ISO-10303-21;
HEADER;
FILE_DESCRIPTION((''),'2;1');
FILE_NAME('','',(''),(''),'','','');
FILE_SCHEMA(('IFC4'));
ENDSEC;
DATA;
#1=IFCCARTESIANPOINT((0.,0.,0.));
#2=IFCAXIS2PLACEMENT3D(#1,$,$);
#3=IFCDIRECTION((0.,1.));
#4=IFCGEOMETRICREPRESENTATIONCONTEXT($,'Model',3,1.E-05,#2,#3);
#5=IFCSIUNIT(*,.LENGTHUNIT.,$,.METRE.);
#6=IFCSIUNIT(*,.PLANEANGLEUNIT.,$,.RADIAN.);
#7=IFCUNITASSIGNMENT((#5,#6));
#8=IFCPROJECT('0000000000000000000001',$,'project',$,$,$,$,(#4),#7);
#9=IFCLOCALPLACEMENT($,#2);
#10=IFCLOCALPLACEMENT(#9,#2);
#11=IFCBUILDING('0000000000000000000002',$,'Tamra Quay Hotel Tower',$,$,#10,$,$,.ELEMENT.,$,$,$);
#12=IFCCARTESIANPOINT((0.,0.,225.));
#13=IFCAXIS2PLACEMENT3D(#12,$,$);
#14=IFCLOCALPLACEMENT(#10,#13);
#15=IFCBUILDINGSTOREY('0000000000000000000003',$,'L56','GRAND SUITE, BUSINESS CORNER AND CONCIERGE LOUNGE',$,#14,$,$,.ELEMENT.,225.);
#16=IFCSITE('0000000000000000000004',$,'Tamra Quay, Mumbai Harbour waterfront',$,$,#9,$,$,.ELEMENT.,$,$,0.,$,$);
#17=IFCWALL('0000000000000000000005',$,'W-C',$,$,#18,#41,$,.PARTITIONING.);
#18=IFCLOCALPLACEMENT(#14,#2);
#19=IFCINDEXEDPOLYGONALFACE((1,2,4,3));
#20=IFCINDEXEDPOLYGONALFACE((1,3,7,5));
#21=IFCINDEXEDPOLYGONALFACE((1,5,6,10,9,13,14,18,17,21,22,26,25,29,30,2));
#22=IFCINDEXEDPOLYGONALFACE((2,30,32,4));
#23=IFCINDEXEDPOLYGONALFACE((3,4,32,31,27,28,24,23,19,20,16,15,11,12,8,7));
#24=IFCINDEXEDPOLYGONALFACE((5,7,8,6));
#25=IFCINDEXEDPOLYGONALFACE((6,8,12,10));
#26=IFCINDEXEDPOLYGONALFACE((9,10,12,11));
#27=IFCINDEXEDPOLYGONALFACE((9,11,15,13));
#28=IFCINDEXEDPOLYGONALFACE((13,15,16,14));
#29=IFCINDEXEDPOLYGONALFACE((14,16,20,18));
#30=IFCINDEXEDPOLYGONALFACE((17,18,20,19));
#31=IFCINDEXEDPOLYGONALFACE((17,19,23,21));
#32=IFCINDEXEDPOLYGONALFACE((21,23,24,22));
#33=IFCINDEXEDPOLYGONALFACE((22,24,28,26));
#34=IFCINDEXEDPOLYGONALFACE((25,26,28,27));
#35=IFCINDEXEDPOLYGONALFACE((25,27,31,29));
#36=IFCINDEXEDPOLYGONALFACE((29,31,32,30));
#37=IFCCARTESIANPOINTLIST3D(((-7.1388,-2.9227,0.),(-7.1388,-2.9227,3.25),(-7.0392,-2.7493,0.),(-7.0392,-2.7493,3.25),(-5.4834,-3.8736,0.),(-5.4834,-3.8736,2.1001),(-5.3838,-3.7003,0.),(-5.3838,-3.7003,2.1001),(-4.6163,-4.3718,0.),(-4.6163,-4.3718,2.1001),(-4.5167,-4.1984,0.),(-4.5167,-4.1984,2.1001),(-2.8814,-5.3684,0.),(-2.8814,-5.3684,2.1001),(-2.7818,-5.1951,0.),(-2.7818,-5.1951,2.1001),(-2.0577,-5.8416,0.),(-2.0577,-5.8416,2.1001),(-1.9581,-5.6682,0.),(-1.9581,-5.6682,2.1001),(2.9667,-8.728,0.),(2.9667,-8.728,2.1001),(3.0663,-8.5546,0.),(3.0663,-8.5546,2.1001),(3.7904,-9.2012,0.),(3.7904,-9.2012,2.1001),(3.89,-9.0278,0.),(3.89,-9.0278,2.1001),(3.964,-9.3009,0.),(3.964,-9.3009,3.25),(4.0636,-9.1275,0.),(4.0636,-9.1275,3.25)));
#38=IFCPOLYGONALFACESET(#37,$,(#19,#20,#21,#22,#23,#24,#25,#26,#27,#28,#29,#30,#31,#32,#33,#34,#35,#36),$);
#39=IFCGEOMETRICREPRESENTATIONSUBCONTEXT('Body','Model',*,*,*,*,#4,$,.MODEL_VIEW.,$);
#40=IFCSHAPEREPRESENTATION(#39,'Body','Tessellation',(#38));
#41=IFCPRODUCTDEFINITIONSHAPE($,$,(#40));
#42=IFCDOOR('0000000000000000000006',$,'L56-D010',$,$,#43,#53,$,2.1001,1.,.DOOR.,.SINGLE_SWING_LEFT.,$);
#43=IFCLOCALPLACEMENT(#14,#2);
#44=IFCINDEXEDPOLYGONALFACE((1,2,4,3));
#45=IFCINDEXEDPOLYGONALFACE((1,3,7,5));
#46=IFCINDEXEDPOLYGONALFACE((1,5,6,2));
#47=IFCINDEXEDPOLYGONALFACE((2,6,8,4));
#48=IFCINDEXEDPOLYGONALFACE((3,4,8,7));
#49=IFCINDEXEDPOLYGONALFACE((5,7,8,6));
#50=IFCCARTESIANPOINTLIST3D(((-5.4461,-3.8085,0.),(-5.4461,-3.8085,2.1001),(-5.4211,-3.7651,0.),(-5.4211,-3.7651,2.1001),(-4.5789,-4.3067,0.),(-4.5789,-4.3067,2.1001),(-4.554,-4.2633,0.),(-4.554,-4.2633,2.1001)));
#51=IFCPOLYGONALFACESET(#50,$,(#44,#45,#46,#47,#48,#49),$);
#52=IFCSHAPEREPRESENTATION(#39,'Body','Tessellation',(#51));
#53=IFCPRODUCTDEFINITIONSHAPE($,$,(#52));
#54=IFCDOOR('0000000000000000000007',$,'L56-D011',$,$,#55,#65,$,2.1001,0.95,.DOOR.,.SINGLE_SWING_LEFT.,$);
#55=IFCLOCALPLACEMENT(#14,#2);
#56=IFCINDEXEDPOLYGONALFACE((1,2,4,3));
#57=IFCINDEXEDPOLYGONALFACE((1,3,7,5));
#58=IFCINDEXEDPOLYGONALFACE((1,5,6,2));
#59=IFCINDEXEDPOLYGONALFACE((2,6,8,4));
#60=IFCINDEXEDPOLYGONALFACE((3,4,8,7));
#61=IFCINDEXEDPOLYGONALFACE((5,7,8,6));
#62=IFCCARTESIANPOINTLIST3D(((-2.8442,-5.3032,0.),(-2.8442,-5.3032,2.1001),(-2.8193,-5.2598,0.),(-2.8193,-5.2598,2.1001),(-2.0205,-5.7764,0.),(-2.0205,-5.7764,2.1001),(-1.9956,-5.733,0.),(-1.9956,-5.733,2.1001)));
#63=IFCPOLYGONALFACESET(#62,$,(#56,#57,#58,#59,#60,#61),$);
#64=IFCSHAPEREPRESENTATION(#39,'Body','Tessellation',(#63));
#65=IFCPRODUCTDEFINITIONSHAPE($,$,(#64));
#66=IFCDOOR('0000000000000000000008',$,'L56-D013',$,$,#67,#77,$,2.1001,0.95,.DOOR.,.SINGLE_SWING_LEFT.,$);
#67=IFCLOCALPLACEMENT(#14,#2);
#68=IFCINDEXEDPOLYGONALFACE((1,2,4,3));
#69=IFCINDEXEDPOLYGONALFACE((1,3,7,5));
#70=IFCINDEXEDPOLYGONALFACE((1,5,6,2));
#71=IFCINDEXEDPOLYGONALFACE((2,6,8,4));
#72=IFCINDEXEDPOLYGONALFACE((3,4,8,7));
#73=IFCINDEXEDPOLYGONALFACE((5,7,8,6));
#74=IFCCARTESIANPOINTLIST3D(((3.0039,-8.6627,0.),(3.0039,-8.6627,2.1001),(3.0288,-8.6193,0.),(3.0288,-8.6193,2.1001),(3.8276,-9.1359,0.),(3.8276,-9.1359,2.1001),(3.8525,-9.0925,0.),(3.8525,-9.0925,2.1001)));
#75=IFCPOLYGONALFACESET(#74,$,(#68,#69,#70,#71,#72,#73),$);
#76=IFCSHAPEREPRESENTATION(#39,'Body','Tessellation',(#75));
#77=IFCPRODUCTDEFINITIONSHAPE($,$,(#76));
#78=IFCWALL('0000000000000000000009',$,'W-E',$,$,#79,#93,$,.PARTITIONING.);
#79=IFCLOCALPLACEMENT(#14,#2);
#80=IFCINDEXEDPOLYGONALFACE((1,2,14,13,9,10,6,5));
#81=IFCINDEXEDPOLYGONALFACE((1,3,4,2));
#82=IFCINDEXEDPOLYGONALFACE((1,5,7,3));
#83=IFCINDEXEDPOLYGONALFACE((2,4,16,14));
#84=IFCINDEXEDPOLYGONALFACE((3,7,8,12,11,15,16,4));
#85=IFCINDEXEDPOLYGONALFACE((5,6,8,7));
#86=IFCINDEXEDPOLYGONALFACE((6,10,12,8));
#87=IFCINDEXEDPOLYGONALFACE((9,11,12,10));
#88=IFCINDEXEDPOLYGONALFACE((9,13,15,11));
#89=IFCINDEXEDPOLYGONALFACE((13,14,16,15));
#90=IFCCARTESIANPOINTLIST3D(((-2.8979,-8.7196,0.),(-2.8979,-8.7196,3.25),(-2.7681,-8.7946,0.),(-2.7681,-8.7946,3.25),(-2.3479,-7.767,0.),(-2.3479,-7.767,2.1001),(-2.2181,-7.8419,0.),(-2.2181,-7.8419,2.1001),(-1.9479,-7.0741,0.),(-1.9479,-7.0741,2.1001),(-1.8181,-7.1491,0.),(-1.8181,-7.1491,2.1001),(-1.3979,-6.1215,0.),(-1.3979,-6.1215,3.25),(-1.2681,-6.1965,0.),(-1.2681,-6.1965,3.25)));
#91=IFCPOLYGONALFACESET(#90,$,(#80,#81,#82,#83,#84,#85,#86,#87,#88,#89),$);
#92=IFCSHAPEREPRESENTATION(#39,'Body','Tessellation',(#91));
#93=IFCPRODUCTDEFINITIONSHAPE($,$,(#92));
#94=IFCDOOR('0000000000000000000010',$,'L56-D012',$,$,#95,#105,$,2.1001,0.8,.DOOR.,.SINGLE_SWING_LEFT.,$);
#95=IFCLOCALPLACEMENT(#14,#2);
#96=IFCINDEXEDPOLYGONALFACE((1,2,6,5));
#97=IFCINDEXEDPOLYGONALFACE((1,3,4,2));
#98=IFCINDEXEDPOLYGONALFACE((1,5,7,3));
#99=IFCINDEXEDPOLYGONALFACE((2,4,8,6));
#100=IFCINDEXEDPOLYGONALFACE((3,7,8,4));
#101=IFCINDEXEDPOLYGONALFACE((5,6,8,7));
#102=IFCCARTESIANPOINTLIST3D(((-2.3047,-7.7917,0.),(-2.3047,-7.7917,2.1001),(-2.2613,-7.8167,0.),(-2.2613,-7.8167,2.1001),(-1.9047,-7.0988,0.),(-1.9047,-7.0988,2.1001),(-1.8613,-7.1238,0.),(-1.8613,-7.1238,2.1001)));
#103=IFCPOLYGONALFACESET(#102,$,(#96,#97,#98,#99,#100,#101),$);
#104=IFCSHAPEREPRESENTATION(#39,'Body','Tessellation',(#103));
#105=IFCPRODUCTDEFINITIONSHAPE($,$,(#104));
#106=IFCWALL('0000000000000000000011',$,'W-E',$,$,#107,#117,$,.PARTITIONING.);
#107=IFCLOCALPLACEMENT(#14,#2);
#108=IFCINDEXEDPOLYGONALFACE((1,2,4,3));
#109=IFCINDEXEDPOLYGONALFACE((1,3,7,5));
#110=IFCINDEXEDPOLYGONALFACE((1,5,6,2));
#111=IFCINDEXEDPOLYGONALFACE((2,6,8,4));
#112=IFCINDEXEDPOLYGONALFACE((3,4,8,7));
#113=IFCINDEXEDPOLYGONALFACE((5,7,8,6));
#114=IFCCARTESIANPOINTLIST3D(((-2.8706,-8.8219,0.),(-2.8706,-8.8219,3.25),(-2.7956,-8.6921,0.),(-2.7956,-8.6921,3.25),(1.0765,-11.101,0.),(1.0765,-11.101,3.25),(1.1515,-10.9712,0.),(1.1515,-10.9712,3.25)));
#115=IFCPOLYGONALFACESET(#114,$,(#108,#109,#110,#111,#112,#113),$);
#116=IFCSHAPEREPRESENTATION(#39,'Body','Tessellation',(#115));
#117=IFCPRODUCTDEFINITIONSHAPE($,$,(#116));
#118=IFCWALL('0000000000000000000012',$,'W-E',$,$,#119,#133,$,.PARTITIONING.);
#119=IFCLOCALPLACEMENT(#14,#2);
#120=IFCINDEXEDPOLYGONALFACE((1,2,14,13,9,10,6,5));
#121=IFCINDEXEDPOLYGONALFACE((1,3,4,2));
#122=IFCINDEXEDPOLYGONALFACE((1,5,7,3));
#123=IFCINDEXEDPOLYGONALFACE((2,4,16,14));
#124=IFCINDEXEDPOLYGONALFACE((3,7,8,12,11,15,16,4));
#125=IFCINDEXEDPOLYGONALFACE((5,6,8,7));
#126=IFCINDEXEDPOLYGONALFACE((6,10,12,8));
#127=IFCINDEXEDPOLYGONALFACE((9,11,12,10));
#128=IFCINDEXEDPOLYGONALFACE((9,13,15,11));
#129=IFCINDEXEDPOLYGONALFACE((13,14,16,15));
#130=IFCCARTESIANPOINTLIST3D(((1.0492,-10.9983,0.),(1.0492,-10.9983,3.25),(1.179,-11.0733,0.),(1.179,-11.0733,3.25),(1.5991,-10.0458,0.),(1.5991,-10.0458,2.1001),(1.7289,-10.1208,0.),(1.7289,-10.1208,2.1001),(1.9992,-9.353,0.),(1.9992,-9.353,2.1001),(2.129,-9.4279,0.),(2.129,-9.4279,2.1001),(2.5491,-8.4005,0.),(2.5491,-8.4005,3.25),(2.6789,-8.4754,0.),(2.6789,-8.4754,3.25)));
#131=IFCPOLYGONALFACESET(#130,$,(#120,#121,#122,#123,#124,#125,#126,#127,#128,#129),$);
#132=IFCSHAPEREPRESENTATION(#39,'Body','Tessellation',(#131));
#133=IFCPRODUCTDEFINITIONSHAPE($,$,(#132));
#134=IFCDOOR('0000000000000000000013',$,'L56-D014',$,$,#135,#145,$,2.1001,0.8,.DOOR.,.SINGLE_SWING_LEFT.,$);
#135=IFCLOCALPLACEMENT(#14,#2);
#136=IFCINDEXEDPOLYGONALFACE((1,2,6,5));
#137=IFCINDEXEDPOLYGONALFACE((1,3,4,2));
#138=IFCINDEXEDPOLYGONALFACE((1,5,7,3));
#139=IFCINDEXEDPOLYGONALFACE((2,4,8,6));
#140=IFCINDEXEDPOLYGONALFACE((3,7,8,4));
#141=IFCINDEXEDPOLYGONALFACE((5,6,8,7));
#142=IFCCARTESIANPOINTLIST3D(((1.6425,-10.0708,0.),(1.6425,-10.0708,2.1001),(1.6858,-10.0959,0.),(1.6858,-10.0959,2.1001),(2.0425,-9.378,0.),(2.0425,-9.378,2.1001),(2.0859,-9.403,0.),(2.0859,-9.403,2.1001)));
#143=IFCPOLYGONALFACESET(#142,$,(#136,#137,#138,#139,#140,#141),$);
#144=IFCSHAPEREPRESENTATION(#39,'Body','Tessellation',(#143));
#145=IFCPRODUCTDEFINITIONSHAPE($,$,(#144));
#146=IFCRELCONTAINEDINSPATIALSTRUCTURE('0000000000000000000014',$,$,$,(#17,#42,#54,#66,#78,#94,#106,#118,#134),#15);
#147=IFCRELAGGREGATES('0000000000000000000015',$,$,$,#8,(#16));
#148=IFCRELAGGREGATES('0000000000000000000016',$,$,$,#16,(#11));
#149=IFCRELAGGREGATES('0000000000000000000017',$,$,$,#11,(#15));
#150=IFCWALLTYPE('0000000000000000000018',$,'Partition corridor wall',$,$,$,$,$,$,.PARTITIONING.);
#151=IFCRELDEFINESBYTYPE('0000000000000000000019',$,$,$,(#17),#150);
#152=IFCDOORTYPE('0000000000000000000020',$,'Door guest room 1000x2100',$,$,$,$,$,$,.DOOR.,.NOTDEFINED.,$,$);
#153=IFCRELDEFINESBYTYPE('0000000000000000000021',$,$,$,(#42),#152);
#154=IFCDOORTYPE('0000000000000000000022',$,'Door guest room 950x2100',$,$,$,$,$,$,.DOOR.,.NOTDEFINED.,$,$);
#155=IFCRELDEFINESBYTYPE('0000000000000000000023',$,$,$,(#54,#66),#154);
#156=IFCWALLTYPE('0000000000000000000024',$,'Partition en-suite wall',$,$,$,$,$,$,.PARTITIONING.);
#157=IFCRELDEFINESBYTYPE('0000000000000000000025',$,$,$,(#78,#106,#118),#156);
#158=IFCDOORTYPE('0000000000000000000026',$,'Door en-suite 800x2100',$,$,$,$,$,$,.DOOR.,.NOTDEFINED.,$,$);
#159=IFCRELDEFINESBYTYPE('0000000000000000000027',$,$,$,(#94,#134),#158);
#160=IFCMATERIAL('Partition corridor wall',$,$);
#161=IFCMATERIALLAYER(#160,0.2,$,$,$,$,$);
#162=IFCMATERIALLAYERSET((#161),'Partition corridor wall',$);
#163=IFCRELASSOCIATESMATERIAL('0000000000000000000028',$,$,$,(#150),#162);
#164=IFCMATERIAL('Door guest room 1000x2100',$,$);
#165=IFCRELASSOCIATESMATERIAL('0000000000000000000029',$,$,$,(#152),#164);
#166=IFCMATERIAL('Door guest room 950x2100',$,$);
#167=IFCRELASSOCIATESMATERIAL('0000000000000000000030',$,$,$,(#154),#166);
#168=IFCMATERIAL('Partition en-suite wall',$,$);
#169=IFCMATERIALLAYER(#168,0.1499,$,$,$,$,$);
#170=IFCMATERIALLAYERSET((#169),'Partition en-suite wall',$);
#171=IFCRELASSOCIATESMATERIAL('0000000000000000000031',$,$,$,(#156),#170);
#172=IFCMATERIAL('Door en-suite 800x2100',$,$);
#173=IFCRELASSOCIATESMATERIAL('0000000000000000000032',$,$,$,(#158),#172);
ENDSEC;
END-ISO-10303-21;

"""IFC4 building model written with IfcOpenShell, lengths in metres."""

from ifc_helpers import new_model, si_unit, direction, frame, frame_2d, origin, place, context, subcontext, project, spatial, rectangle, extrude, material, layer, layer_set, type_object, element, fill, save


model = new_model("IFC4")

# Units and contexts
model_context = context("Model", 3, precision=1e-05, world=origin(), true_north=direction((0.0, 1.0)))
body_context = subcontext(model_context, "Body", "Model", "MODEL_VIEW")
ifc_project = project(units=[si_unit("LENGTHUNIT", "METRE"), si_unit("PLANEANGLEUNIT", "RADIAN")], contexts=[model_context])

# Site, building, storey
site_placement = place(None, origin())
site = spatial("IfcSite", under=ifc_project, at=site_placement, Name="Tamra Quay, Mumbai Harbour waterfront", CompositionType="ELEMENT", RefElevation=0.0)
building_placement = place(site_placement, origin())
building = spatial("IfcBuilding", under=site, at=building_placement, Name="Tamra Quay Hotel Tower", CompositionType="ELEMENT")
storey_placement = place(building_placement, frame((0.0, 0.0, 225.0)))
storey = spatial("IfcBuildingStorey", under=building, at=storey_placement, Name="L56", Description="GRAND SUITE, BUSINESS CORNER AND CONCIERGE LOUNGE", CompositionType="ELEMENT", Elevation=225.0)

# Shared definitions
ifc_material_1 = material(Name="Partition corridor wall")
ifc_layer_1 = layer(ifc_material_1, 0.2)
ifc_layer_set_1 = layer_set([ifc_layer_1], Name="Partition corridor wall")
wall_type_1 = type_object("IfcWallType", Name="Partition corridor wall", PredefinedType="PARTITIONING", material=ifc_layer_set_1)

# Wall, openings, doors
wall_1_placement = place(storey_placement, frame((-7.0891, -2.8359, 0.0), z_axis=(0.0, 0.0, 1.0), x_axis=(0.867106, -0.498123, 0.0)))
wall_1 = element("IfcWall", 1, at=wall_1_placement, inside=storey, type_object=wall_type_1, Name="W-C", PredefinedType="PARTITIONING", context=body_context, shape_type="SweptSolid", body=[
    extrude(rectangle(XDim=12.8044, YDim=0.2, at=frame_2d((6.4023, 0.0))), origin(), (0.0, 0.0, 1.0), 3.25),
])
opening_1_placement = place(wall_1_placement, frame((1.9092, 0.0, 0.0)))
opening_1 = element("IfcOpeningElement", 2, at=opening_1_placement, cuts=wall_1, PredefinedType="OPENING", context=body_context, shape_type="SweptSolid", body=[
    extrude(rectangle(XDim=1.0, YDim=2.1001, at=frame_2d((0.5, 1.05))), frame((0.0, 0.1099, 0.0), z_axis=(0.0, -1.0, 0.0), x_axis=(1.0, 0.0, 0.0)), (0.0, 0.0, 1.0), 0.22),
])
opening_2_placement = place(wall_1_placement, frame((4.9099, 0.0, 0.0)))
opening_2 = element("IfcOpeningElement", 3, at=opening_2_placement, cuts=wall_1, PredefinedType="OPENING", context=body_context, shape_type="SweptSolid", body=[
    extrude(rectangle(XDim=0.95, YDim=2.1001, at=frame_2d((0.4751, 1.05))), frame((0.0, 0.1099, 0.0), z_axis=(0.0, -1.0, 0.0), x_axis=(1.0, 0.0, 0.0)), (0.0, 0.0, 1.0), 0.22),
])
opening_3_placement = place(wall_1_placement, frame((11.6543, 0.0, 0.0)))
opening_3 = element("IfcOpeningElement", 4, at=opening_3_placement, cuts=wall_1, PredefinedType="OPENING", context=body_context, shape_type="SweptSolid", body=[
    extrude(rectangle(XDim=0.95, YDim=2.1001, at=frame_2d((0.4751, 1.05))), frame((0.0, 0.1099, 0.0), z_axis=(0.0, -1.0, 0.0), x_axis=(1.0, 0.0, 0.0)), (0.0, 0.0, 1.0), 0.22),
])
ifc_material_2 = material(Name="Door guest room 1000x2100")
door_type_1 = type_object("IfcDoorType", Name="Door guest room 1000x2100", OperationType="NOTDEFINED", PredefinedType="DOOR", material=ifc_material_2)
door_1_placement = place(opening_1_placement, frame((1.0, 0.0, 0.0), z_axis=(0.0, 0.0, 1.0), x_axis=(-1.0, 0.0, 0.0)))
door_1 = element("IfcDoor", 5, at=door_1_placement, inside=storey, type_object=door_type_1, Name="L56-D010", OperationType="SINGLE_SWING_LEFT", OverallHeight=2.1001, OverallWidth=1.0, PredefinedType="DOOR", context=body_context, shape_type="SweptSolid", body=[
    extrude(rectangle(XDim=1.0, YDim=2.1001, at=frame_2d((0.5, 1.05))), frame((0.0, 0.0249, 0.0), z_axis=(0.0, -1.0, 0.0), x_axis=(1.0, 0.0, 0.0)), (0.0, 0.0, 1.0), 0.05),
])
fill(opening_1, door_1)
ifc_material_3 = material(Name="Door guest room 950x2100")
door_type_2 = type_object("IfcDoorType", Name="Door guest room 950x2100", OperationType="NOTDEFINED", PredefinedType="DOOR", material=ifc_material_3)
door_2_placement = place(opening_2_placement, frame((0.95, 0.0, 0.0), z_axis=(0.0, 0.0, 1.0), x_axis=(-1.0, 0.0, 0.0)))
door_2 = element("IfcDoor", 6, at=door_2_placement, inside=storey, type_object=door_type_2, Name="L56-D011", OperationType="SINGLE_SWING_LEFT", OverallHeight=2.1001, OverallWidth=0.95, PredefinedType="DOOR", context=body_context, shape_type="SweptSolid", body=[
    extrude(rectangle(XDim=0.95, YDim=2.1001, at=frame_2d((0.4751, 1.05))), frame((0.0, 0.0249, 0.0), z_axis=(0.0, -1.0, 0.0), x_axis=(1.0, 0.0, 0.0)), (0.0, 0.0, 1.0), 0.05),
])
fill(opening_2, door_2)
door_3_placement = place(opening_3_placement, frame((0.95, 0.0, 0.0), z_axis=(0.0, 0.0, 1.0), x_axis=(-1.0, 0.0, 0.0)))
door_3 = element("IfcDoor", 7, at=door_3_placement, inside=storey, type_object=door_type_2, Name="L56-D013", OperationType="SINGLE_SWING_LEFT", OverallHeight=2.1001, OverallWidth=0.95, PredefinedType="DOOR", context=body_context, shape_type="SweptSolid", body=[
    extrude(rectangle(XDim=0.95, YDim=2.1001, at=frame_2d((0.4751, 1.05))), frame((0.0, 0.0249, 0.0), z_axis=(0.0, -1.0, 0.0), x_axis=(1.0, 0.0, 0.0)), (0.0, 0.0, 1.0), 0.05),
])
fill(opening_3, door_3)

# Wall, opening, door
ifc_material_4 = material(Name="Partition en-suite wall")
ifc_layer_2 = layer(ifc_material_4, 0.1499)
ifc_layer_set_2 = layer_set([ifc_layer_2], Name="Partition en-suite wall")
wall_type_2 = type_object("IfcWallType", Name="Partition en-suite wall", PredefinedType="PARTITIONING", material=ifc_layer_set_2)
wall_2_placement = place(storey_placement, frame((-2.833, -8.7571, 0.0), z_axis=(0.0, 0.0, 1.0), x_axis=(0.49999, 0.866031, 0.0)))
wall_2 = element("IfcWall", 8, at=wall_2_placement, inside=storey, type_object=wall_type_2, Name="W-E", PredefinedType="PARTITIONING", context=body_context, shape_type="SweptSolid", body=[
    extrude(rectangle(XDim=3.0, YDim=0.1499, at=frame_2d((1.5, 0.0))), origin(), (0.0, 0.0, 1.0), 3.25),
])
opening_4_placement = place(wall_2_placement, frame((1.1001, 0.0, 0.0)))
opening_4 = element("IfcOpeningElement", 9, at=opening_4_placement, cuts=wall_2, PredefinedType="OPENING", context=body_context, shape_type="SweptSolid", body=[
    extrude(rectangle(XDim=0.8, YDim=2.1001, at=frame_2d((0.3999, 1.05))), frame((0.0, 0.085, 0.0), z_axis=(0.0, -1.0, 0.0), x_axis=(1.0, 0.0, 0.0)), (0.0, 0.0, 1.0), 0.1699),
])
ifc_material_5 = material(Name="Door en-suite 800x2100")
door_type_3 = type_object("IfcDoorType", Name="Door en-suite 800x2100", OperationType="NOTDEFINED", PredefinedType="DOOR", material=ifc_material_5)
door_4_placement = place(opening_4_placement, frame((0.8, 0.0, 0.0), z_axis=(0.0, 0.0, 1.0), x_axis=(-1.0, 0.0, 0.0)))
door_4 = element("IfcDoor", 10, at=door_4_placement, inside=storey, type_object=door_type_3, Name="L56-D012", OperationType="SINGLE_SWING_LEFT", OverallHeight=2.1001, OverallWidth=0.8, PredefinedType="DOOR", context=body_context, shape_type="SweptSolid", body=[
    extrude(rectangle(XDim=0.8, YDim=2.1001, at=frame_2d((0.3999, 1.05))), frame((0.0, 0.0249, 0.0), z_axis=(0.0, -1.0, 0.0), x_axis=(1.0, 0.0, 0.0)), (0.0, 0.0, 1.0), 0.05),
])
fill(opening_4, door_4)

# Wall
wall_3_placement = place(storey_placement, frame((-2.833, -8.7571, 0.0), z_axis=(0.0, 0.0, 1.0), x_axis=(0.866003, -0.500039, 0.0)))
element("IfcWall", 11, at=wall_3_placement, inside=storey, type_object=wall_type_2, Name="W-E", PredefinedType="PARTITIONING", context=body_context, shape_type="SweptSolid", body=[
    extrude(rectangle(XDim=4.5579, YDim=0.1499, at=frame_2d((2.2788, 0.0))), origin(), (0.0, 0.0, 1.0), 3.25),
])

# Wall, opening, door
wall_4_placement = place(storey_placement, frame((1.114, -11.0359, 0.0), z_axis=(0.0, 0.0, 1.0), x_axis=(0.500025, 0.866011, 0.0)))
wall_4 = element("IfcWall", 12, at=wall_4_placement, inside=storey, type_object=wall_type_2, Name="W-E", PredefinedType="PARTITIONING", context=body_context, shape_type="SweptSolid", body=[
    extrude(rectangle(XDim=2.9998, YDim=0.1499, at=frame_2d((1.5, 0.0))), origin(), (0.0, 0.0, 1.0), 3.25),
])
opening_5_placement = place(wall_4_placement, frame((1.1001, 0.0, 0.0)))
opening_5 = element("IfcOpeningElement", 13, at=opening_5_placement, cuts=wall_4, PredefinedType="OPENING", context=body_context, shape_type="SweptSolid", body=[
    extrude(rectangle(XDim=0.8, YDim=2.1001, at=frame_2d((0.3999, 1.05))), frame((0.0, 0.085, 0.0), z_axis=(0.0, -1.0, 0.0), x_axis=(1.0, 0.0, 0.0)), (0.0, 0.0, 1.0), 0.1699),
])
door_5_placement = place(opening_5_placement, origin())
door_5 = element("IfcDoor", 14, at=door_5_placement, inside=storey, type_object=door_type_3, Name="L56-D014", OperationType="SINGLE_SWING_LEFT", OverallHeight=2.1001, OverallWidth=0.8, PredefinedType="DOOR", context=body_context, shape_type="SweptSolid", body=[
    extrude(rectangle(XDim=0.8, YDim=2.1001, at=frame_2d((0.3999, 1.05))), frame((0.0, 0.0249, 0.0), z_axis=(0.0, -1.0, 0.0), x_axis=(1.0, 0.0, 0.0)), (0.0, 0.0, 1.0), 0.05),
])
fill(opening_5, door_5)

save(model, "model.ifc")
